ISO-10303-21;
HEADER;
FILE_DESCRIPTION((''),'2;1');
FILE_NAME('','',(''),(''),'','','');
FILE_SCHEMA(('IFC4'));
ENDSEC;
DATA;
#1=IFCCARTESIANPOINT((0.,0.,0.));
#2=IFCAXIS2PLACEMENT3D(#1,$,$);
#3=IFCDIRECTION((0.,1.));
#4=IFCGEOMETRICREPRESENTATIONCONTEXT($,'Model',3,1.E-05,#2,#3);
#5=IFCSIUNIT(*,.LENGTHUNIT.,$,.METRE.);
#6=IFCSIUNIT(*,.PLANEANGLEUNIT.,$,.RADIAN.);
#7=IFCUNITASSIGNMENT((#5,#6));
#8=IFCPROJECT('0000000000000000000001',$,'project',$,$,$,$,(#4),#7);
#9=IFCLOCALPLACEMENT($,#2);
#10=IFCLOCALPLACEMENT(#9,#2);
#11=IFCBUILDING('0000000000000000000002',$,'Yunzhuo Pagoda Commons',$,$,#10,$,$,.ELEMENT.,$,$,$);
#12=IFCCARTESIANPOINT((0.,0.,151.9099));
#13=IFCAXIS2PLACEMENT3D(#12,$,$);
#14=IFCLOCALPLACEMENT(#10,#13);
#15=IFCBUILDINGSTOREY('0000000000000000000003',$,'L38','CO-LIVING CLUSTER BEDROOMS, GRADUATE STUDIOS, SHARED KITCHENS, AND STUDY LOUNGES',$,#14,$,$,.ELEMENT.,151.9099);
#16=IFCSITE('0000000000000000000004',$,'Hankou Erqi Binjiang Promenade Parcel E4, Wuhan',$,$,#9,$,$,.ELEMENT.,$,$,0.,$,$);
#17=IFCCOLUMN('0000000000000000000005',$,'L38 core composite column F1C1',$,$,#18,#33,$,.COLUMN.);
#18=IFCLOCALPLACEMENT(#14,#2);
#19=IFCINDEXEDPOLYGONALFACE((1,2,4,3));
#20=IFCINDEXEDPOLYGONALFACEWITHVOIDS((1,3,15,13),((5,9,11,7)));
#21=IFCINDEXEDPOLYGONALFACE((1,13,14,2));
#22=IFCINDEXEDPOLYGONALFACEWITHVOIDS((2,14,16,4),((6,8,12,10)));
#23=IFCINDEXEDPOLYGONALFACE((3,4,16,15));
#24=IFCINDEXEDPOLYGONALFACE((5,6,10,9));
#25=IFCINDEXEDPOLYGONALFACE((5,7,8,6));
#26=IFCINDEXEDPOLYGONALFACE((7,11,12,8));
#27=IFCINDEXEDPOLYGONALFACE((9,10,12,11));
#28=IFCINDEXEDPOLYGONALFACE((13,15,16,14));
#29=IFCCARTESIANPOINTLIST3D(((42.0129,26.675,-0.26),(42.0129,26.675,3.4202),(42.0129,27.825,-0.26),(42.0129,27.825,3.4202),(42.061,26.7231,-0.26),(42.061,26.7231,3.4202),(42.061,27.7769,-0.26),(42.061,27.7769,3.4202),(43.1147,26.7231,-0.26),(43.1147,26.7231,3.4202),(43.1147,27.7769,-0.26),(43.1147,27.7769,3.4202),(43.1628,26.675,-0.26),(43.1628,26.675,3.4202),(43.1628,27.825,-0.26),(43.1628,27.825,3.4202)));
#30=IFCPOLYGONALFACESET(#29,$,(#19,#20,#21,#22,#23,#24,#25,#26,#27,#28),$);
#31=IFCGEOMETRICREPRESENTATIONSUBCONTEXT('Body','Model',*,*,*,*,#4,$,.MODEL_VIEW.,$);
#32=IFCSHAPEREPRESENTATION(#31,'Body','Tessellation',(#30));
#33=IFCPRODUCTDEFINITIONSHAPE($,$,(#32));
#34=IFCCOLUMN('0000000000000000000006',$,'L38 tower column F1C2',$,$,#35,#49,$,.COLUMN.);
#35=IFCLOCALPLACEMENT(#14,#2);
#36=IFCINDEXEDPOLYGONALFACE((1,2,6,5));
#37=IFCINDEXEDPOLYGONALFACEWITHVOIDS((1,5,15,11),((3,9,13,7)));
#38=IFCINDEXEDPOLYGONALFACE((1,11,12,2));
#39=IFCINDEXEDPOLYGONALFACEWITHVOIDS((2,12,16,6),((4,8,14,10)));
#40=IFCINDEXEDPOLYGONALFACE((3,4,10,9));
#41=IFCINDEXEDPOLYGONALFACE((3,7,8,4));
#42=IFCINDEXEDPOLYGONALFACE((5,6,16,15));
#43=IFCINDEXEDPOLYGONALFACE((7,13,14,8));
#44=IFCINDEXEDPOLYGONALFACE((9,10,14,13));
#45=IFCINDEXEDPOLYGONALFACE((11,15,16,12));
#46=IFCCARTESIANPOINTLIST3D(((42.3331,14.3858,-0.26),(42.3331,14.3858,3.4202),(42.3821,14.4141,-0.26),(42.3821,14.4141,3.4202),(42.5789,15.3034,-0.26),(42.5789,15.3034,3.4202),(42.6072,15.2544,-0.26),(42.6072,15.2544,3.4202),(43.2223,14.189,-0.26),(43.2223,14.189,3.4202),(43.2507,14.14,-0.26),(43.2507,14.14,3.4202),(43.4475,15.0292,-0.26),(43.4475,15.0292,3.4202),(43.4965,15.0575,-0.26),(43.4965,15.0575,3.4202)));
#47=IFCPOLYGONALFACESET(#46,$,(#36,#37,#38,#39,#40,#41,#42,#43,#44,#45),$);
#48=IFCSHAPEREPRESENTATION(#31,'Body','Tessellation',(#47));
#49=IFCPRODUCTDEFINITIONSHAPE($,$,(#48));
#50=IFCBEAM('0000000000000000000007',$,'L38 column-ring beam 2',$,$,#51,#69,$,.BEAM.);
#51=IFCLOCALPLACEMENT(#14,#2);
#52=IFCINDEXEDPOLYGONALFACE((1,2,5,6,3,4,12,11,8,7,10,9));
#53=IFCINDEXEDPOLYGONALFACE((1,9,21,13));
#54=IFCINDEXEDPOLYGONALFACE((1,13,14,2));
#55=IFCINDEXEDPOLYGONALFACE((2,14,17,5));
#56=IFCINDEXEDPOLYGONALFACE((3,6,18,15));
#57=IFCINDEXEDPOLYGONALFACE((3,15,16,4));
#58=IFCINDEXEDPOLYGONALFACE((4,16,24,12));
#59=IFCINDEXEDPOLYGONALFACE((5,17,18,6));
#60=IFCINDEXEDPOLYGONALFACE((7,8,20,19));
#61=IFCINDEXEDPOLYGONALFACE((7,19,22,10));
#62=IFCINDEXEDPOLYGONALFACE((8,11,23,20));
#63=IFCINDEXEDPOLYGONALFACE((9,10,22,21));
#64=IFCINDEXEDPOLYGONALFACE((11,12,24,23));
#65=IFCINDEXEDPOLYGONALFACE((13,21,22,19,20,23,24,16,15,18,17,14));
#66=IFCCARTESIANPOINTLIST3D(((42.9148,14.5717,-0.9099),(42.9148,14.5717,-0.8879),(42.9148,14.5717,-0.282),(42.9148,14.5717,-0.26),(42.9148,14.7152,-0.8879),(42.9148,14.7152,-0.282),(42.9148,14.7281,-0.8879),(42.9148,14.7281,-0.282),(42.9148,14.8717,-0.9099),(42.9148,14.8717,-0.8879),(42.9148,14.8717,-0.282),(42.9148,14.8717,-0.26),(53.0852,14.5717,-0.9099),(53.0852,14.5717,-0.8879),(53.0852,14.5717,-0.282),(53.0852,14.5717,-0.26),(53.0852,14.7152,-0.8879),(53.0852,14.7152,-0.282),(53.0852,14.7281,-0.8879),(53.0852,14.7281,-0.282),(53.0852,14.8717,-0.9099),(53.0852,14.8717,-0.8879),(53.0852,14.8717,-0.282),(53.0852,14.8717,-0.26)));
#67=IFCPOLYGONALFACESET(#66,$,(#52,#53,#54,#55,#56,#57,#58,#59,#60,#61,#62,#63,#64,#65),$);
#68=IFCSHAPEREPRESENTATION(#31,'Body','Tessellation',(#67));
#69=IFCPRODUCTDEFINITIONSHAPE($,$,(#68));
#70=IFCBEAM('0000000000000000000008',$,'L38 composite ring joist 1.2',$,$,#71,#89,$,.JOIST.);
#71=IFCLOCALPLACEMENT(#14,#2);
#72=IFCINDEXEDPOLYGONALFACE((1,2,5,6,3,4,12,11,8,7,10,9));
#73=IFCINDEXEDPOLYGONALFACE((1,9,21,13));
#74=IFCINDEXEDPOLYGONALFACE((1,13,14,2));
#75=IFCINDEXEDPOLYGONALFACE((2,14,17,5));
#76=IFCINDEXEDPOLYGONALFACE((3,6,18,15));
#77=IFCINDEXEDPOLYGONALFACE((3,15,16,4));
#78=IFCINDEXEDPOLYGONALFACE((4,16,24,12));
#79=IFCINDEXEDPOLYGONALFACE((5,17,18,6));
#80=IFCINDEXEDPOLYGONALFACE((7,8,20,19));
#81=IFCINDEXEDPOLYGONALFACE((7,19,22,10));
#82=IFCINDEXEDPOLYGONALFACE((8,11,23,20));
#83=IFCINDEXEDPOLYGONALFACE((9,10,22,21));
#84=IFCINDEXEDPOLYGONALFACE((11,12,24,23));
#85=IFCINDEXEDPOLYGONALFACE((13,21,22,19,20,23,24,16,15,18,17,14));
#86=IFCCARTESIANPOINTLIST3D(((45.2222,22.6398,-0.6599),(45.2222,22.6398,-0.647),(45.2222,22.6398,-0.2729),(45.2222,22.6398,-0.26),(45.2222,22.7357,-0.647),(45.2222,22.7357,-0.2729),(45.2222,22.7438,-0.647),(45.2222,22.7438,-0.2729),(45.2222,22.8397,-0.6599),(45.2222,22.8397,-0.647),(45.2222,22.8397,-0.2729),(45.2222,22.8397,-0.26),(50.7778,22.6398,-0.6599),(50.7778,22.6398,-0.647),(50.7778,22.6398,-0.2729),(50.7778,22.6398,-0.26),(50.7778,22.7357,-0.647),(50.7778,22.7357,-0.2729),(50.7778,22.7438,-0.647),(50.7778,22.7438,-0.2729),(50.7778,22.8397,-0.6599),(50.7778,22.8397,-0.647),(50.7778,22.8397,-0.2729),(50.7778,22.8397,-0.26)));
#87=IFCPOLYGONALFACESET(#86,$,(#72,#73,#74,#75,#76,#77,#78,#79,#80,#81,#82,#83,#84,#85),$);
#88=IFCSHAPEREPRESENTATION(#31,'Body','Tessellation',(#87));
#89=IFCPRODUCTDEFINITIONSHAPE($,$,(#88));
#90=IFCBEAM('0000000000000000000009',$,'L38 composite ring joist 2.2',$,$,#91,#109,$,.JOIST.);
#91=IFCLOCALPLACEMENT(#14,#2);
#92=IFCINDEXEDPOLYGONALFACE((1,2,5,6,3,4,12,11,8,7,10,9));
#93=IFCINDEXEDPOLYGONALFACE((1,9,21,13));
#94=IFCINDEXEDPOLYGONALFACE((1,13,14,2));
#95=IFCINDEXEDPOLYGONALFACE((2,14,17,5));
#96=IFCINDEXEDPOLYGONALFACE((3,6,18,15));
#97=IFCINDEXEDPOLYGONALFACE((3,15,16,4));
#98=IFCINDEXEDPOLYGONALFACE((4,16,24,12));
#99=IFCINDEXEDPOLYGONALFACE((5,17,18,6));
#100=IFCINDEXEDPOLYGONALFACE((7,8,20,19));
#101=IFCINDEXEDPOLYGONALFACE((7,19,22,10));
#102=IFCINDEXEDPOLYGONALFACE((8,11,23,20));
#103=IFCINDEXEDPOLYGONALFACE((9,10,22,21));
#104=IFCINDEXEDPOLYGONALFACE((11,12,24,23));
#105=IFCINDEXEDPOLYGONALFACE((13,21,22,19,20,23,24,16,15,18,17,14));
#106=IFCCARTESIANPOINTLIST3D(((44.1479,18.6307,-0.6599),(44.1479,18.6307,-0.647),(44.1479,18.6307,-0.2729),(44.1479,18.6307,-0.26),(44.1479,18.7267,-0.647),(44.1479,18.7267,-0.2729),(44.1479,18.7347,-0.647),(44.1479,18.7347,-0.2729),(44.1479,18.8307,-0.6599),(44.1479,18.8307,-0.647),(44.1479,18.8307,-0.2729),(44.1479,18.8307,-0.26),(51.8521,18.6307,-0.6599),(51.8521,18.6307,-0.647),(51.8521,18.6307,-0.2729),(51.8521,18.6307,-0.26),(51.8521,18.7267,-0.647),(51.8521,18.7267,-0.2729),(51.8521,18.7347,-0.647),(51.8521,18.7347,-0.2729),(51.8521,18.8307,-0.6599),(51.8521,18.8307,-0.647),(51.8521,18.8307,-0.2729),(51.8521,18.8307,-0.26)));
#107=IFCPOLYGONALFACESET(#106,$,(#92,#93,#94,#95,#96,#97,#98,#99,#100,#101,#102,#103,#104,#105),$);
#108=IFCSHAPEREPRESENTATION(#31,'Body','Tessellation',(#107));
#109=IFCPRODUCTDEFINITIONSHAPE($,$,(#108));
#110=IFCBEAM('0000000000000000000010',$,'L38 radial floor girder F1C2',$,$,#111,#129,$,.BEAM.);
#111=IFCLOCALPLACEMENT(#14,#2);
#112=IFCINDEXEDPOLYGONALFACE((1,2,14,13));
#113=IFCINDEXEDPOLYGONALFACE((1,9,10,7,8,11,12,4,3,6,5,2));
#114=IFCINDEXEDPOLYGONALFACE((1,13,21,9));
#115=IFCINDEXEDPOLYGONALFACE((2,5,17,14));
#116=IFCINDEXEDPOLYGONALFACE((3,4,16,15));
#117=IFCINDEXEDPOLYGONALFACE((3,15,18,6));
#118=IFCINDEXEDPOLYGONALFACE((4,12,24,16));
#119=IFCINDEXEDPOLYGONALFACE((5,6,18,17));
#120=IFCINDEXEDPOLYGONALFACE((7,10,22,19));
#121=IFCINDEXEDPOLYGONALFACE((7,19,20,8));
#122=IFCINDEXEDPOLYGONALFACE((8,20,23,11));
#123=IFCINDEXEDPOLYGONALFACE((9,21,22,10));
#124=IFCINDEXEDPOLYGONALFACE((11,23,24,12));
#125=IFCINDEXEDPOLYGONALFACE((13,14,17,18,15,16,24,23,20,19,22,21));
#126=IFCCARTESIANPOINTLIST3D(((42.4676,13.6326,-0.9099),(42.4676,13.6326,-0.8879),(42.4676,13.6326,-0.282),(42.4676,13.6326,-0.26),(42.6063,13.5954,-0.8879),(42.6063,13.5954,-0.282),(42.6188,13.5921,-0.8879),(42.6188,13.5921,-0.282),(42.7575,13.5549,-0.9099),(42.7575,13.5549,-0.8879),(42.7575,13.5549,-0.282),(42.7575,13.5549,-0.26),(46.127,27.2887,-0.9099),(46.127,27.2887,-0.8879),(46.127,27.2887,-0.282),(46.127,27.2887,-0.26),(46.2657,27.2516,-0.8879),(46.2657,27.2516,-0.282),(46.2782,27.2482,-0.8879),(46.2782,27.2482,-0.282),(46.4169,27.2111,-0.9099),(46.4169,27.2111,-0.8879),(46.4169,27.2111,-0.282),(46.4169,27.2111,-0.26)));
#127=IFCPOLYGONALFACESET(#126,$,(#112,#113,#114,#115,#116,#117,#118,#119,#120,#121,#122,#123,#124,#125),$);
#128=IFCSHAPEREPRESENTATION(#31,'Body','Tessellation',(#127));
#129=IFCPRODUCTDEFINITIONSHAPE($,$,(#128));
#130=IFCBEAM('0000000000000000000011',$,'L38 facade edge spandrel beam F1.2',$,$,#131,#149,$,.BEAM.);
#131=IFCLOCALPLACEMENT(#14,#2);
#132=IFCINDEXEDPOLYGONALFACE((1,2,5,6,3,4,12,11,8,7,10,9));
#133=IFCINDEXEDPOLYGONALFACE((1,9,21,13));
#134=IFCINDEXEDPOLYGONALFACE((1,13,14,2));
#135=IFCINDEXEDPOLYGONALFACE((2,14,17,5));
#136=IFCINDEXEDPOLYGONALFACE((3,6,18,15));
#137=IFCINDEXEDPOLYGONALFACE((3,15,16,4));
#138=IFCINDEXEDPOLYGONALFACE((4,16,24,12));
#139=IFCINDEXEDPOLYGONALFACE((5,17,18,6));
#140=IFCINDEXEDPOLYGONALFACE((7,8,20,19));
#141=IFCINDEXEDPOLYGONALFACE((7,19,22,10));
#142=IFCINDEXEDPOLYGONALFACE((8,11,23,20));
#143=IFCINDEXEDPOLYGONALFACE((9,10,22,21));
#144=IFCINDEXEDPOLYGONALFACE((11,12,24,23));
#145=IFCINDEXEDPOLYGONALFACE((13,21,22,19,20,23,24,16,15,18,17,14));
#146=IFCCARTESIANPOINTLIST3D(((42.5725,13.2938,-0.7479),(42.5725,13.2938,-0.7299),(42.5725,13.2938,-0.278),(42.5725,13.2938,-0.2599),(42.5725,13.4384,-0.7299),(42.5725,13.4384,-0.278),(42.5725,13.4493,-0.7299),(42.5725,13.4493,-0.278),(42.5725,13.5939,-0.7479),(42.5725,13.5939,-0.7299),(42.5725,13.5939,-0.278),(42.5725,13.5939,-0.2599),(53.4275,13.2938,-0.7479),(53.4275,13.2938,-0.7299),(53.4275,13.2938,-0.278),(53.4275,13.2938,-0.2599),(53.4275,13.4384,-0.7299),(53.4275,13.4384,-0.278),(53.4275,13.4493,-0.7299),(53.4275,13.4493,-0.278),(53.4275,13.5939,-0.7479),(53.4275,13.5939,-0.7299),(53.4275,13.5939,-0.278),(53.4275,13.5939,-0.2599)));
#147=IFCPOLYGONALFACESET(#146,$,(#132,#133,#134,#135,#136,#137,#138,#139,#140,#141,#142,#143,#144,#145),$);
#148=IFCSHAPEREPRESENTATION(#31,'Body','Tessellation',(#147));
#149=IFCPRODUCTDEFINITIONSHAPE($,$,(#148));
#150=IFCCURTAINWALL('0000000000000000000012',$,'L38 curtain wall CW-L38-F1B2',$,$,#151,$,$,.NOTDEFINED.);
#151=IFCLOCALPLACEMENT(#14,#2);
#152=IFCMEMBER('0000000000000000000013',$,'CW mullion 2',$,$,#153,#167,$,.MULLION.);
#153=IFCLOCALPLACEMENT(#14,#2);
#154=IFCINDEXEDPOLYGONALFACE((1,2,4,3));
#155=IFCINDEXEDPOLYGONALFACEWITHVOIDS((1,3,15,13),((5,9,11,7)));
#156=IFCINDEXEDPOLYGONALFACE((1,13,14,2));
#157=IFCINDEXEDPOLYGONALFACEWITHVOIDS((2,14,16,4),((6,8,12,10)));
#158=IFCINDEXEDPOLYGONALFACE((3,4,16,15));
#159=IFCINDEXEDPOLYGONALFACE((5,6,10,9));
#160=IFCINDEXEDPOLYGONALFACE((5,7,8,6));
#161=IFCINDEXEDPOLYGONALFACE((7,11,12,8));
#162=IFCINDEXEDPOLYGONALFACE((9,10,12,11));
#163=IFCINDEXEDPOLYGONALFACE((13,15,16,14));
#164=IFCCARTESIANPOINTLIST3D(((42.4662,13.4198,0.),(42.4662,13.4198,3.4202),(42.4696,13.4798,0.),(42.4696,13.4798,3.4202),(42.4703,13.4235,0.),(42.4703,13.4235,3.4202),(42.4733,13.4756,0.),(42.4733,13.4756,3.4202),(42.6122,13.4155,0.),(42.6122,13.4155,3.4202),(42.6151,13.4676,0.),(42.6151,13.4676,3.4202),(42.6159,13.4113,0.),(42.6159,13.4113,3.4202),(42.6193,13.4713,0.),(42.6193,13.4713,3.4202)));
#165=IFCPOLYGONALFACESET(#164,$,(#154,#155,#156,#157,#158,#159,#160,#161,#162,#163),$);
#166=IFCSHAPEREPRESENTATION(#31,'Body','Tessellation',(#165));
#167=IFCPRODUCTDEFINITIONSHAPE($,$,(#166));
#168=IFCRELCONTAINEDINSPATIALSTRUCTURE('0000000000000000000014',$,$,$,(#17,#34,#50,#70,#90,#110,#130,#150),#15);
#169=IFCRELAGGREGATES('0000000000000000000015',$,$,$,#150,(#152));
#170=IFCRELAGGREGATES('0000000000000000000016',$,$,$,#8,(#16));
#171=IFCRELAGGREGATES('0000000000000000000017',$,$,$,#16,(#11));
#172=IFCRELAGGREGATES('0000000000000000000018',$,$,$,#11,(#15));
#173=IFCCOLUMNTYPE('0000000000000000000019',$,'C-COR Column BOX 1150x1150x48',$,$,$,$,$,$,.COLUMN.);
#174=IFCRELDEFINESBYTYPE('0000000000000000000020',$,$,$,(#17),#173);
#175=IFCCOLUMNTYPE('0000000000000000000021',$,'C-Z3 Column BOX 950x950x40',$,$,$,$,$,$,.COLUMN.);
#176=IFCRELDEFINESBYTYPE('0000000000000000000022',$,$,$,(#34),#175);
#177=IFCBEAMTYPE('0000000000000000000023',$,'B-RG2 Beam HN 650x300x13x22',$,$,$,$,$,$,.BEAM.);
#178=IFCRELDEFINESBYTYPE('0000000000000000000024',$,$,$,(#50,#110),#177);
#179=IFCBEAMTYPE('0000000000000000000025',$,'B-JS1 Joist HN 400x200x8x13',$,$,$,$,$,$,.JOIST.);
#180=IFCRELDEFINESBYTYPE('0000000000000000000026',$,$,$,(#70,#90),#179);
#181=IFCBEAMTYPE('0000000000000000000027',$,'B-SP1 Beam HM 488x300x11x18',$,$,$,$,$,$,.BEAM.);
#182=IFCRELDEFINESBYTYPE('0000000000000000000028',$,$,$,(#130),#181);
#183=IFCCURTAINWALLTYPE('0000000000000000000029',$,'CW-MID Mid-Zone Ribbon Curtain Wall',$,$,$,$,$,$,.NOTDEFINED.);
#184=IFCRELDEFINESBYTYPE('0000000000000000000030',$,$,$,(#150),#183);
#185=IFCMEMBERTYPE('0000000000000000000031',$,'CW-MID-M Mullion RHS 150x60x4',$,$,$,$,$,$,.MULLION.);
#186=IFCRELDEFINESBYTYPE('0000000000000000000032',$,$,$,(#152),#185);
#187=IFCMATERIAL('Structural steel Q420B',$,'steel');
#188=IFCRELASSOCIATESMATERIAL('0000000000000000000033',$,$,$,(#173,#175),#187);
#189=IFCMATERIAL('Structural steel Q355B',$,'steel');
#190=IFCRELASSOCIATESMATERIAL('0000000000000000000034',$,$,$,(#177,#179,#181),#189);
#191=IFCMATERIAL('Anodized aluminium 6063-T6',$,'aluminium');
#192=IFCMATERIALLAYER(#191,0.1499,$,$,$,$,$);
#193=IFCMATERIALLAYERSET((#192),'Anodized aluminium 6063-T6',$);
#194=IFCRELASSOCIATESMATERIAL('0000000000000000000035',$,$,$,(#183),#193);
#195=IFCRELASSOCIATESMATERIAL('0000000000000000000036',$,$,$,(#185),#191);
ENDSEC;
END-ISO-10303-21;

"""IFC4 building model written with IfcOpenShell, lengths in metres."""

from ifc_helpers import new_model, si_unit, direction, frame, origin, origin_2d, place, context, subcontext, project, spatial, hollow_rectangle, i_section, extrude, source, transform, mapped, material, layer, layer_set, material_profile, profile_set, type_object, element, aggregate, save


model = new_model("IFC4")

# Units and contexts
model_context = context("Model", 3, precision=1e-05, world=origin(), true_north=direction((0.0, 1.0)))
body_context = subcontext(model_context, "Body", "Model", "MODEL_VIEW")
ifc_project = project(units=[si_unit("LENGTHUNIT", "METRE"), si_unit("PLANEANGLEUNIT", "RADIAN")], contexts=[model_context])

# Site, building, storey
site_placement = place(None, origin())
site = spatial("IfcSite", under=ifc_project, at=site_placement, Name="Hankou Erqi Binjiang Promenade Parcel E4, Wuhan", CompositionType="ELEMENT", RefElevation=0.0)
building_placement = place(site_placement, origin())
building = spatial("IfcBuilding", under=site, at=building_placement, Name="Yunzhuo Pagoda Commons", CompositionType="ELEMENT")
storey_placement = place(building_placement, frame((0.0, 0.0, 151.9099)))
storey = spatial("IfcBuildingStorey", under=building, at=storey_placement, Name="L38", Description="CO-LIVING CLUSTER BEDROOMS, GRADUATE STUDIOS, SHARED KITCHENS, AND STUDY LOUNGES", CompositionType="ELEMENT", Elevation=151.9099)

# Columns
ifc_material_1 = material(Name="Structural steel Q420B", Category="steel")
ifc_material_profile_1 = material_profile(ifc_material_1, hollow_rectangle(XDim=1.1499, YDim=1.1499, WallThickness=0.0481, at=origin_2d()), Name="Structural steel Q420B")
ifc_profile_set_1 = profile_set([ifc_material_profile_1], Name="Structural steel Q420B")
column_type_1 = type_object("IfcColumnType", Name="C-COR Column BOX 1150x1150x48", PredefinedType="COLUMN", material=ifc_profile_set_1)
shared_shape_1 = source(origin(), body_context, "Body", "SweptSolid", [
    extrude(hollow_rectangle(XDim=1.1499, YDim=1.1499, WallThickness=0.0481, at=origin_2d()), origin(), (0.0, 0.0, 1.0), 3.6802),
])
column_1_placement = place(storey_placement, frame((42.5879, 27.25, -0.26), z_axis=(0.0, 0.0, 1.0), x_axis=(1.0, 0.0, 0.0)))
element("IfcColumn", 1, at=column_1_placement, inside=storey, type_object=column_type_1, Name="L38 core composite column F1C1", PredefinedType="COLUMN", context=body_context, shape_type="MappedRepresentation", body=[
    mapped(shared_shape_1, transform((0.0, 0.0, 0.0), scale=1.0)),
])
ifc_material_profile_2 = material_profile(ifc_material_1, hollow_rectangle(XDim=0.95, YDim=0.95, WallThickness=0.04, at=origin_2d()), Name="Structural steel Q420B")
ifc_profile_set_2 = profile_set([ifc_material_profile_2], Name="Structural steel Q420B")
column_type_2 = type_object("IfcColumnType", Name="C-Z3 Column BOX 950x950x40", PredefinedType="COLUMN", material=ifc_profile_set_2)
shared_shape_2 = source(origin(), body_context, "Body", "SweptSolid", [
    extrude(hollow_rectangle(XDim=0.95, YDim=0.95, WallThickness=0.04, at=origin_2d()), origin(), (0.0, 0.0, 1.0), 3.6802),
])
column_2_placement = place(storey_placement, frame((42.9148, 14.7217, -0.26), z_axis=(0.0, 0.0, 1.0), x_axis=(0.965926, -0.258819, 0.0)))
element("IfcColumn", 2, at=column_2_placement, inside=storey, type_object=column_type_2, Name="L38 tower column F1C2", PredefinedType="COLUMN", context=body_context, shape_type="MappedRepresentation", body=[
    mapped(shared_shape_2, transform((0.0, 0.0, 0.0), scale=1.0)),
])

# Beams
ifc_material_2 = material(Name="Structural steel Q355B", Category="steel")
ifc_material_profile_3 = material_profile(ifc_material_2, i_section(OverallWidth=0.3, OverallDepth=0.6499, WebThickness=0.0129, FlangeThickness=0.022, at=origin_2d()), Name="Structural steel Q355B")
ifc_profile_set_3 = profile_set([ifc_material_profile_3], Name="Structural steel Q355B")
beam_type_1 = type_object("IfcBeamType", Name="B-RG2 Beam HN 650x300x13x22", PredefinedType="BEAM", material=ifc_profile_set_3)
shared_shape_3 = source(origin(), body_context, "Body", "SweptSolid", [
    extrude(i_section(OverallWidth=0.3, OverallDepth=0.6499, WebThickness=0.0129, FlangeThickness=0.022, at=origin_2d()), origin(), (0.0, 0.0, 1.0), 10.1704),
])
beam_1_placement = place(storey_placement, frame((42.9148, 14.7217, -0.585), z_axis=(1.0, 0.0, 0.0), x_axis=(0.0, 1.0, 0.0)))
element("IfcBeam", 3, at=beam_1_placement, inside=storey, type_object=beam_type_1, Name="L38 column-ring beam 2", PredefinedType="BEAM", context=body_context, shape_type="MappedRepresentation", body=[
    mapped(shared_shape_3, transform((0.0, 0.0, 0.0), scale=1.0)),
])
ifc_material_profile_4 = material_profile(ifc_material_2, i_section(OverallWidth=0.2, OverallDepth=0.3999, WebThickness=0.0081, FlangeThickness=0.0129, at=origin_2d()), Name="Structural steel Q355B")
ifc_profile_set_4 = profile_set([ifc_material_profile_4], Name="Structural steel Q355B")
beam_type_2 = type_object("IfcBeamType", Name="B-JS1 Joist HN 400x200x8x13", PredefinedType="JOIST", material=ifc_profile_set_4)
shared_shape_4 = source(origin(), body_context, "Body", "SweptSolid", [
    extrude(i_section(OverallWidth=0.2, OverallDepth=0.3999, WebThickness=0.0081, FlangeThickness=0.0129, at=origin_2d()), origin(), (0.0, 0.0, 1.0), 5.5557),
])
beam_2_placement = place(storey_placement, frame((45.2222, 22.7397, -0.46), z_axis=(1.0, 0.0, 0.0), x_axis=(0.0, 1.0, 0.0)))
element("IfcBeam", 4, at=beam_2_placement, inside=storey, type_object=beam_type_2, Name="L38 composite ring joist 1.2", PredefinedType="JOIST", context=body_context, shape_type="MappedRepresentation", body=[
    mapped(shared_shape_4, transform((0.0, 0.0, 0.0), scale=1.0)),
])
shared_shape_5 = source(origin(), body_context, "Body", "SweptSolid", [
    extrude(i_section(OverallWidth=0.2, OverallDepth=0.3999, WebThickness=0.0081, FlangeThickness=0.0129, at=origin_2d()), origin(), (0.0, 0.0, 1.0), 7.7041),
])
beam_3_placement = place(storey_placement, frame((44.1479, 18.7307, -0.46), z_axis=(1.0, 0.0, 0.0), x_axis=(0.0, 1.0, 0.0)))
element("IfcBeam", 5, at=beam_3_placement, inside=storey, type_object=beam_type_2, Name="L38 composite ring joist 2.2", PredefinedType="JOIST", context=body_context, shape_type="MappedRepresentation", body=[
    mapped(shared_shape_5, transform((0.0, 0.0, 0.0), scale=1.0)),
])
shared_shape_6 = source(origin(), body_context, "Body", "SweptSolid", [
    extrude(i_section(OverallWidth=0.3, OverallDepth=0.6499, WebThickness=0.0129, FlangeThickness=0.022, at=origin_2d()), origin(), (0.0, 0.0, 1.0), 14.1379),
])
beam_4_placement = place(storey_placement, frame((42.6125, 13.5938, -0.585), z_axis=(0.258835, 0.965922, 0.0), x_axis=(-0.965922, 0.258835, 0.0)))
element("IfcBeam", 6, at=beam_4_placement, inside=storey, type_object=beam_type_1, Name="L38 radial floor girder F1C2", PredefinedType="BEAM", context=body_context, shape_type="MappedRepresentation", body=[
    mapped(shared_shape_6, transform((0.0, 0.0, 0.0), scale=1.0)),
])
ifc_material_profile_5 = material_profile(ifc_material_2, i_section(OverallWidth=0.3, OverallDepth=0.488, WebThickness=0.011, FlangeThickness=0.0181, at=origin_2d()), Name="Structural steel Q355B")
ifc_profile_set_5 = profile_set([ifc_material_profile_5], Name="Structural steel Q355B")
beam_type_3 = type_object("IfcBeamType", Name="B-SP1 Beam HM 488x300x11x18", PredefinedType="BEAM", material=ifc_profile_set_5)
shared_shape_7 = source(origin(), body_context, "Body", "SweptSolid", [
    extrude(i_section(OverallWidth=0.3, OverallDepth=0.488, WebThickness=0.011, FlangeThickness=0.0181, at=origin_2d()), origin(), (0.0, 0.0, 1.0), 10.855),
])
beam_5_placement = place(storey_placement, frame((42.5725, 13.4438, -0.5039), z_axis=(1.0, 0.0, 0.0), x_axis=(0.0, 1.0, 0.0)))
element("IfcBeam", 7, at=beam_5_placement, inside=storey, type_object=beam_type_3, Name="L38 facade edge spandrel beam F1.2", PredefinedType="BEAM", context=body_context, shape_type="MappedRepresentation", body=[
    mapped(shared_shape_7, transform((0.0, 0.0, 0.0), scale=1.0)),
])

# Curtain wall, member
ifc_material_3 = material(Name="Anodized aluminium 6063-T6", Category="aluminium")
ifc_layer_1 = layer(ifc_material_3, 0.1499)
ifc_layer_set_1 = layer_set([ifc_layer_1], Name="Anodized aluminium 6063-T6")
curtain_wall_type = type_object("IfcCurtainWallType", Name="CW-MID Mid-Zone Ribbon Curtain Wall", PredefinedType="NOTDEFINED", material=ifc_layer_set_1)
curtain_wall_1_placement = place(storey_placement, origin())
curtain_wall_1 = element("IfcCurtainWall", 8, at=curtain_wall_1_placement, inside=storey, type_object=curtain_wall_type, Name="L38 curtain wall CW-L38-F1B2", PredefinedType="NOTDEFINED")
ifc_material_profile_6 = material_profile(ifc_material_3, hollow_rectangle(XDim=0.0601, YDim=0.1499, WallThickness=0.0039, at=origin_2d()), Name="Anodized aluminium 6063-T6")
ifc_profile_set_6 = profile_set([ifc_material_profile_6], Name="Anodized aluminium 6063-T6")
member_type_1 = type_object("IfcMemberType", Name="CW-MID-M Mullion RHS 150x60x4", PredefinedType="MULLION", material=ifc_profile_set_6)
shared_shape_8 = source(origin(), body_context, "Body", "SweptSolid", [
    extrude(hollow_rectangle(XDim=0.0601, YDim=0.1499, WallThickness=0.0039, at=origin_2d()), origin(), (0.0, 0.0, 1.0), 3.4202),
])
member_1_placement = place(storey_placement, frame((42.5427, 13.4456, 0.0), z_axis=(0.0, 0.0, 1.0), x_axis=(0.056459, 0.998405, 0.0)))
member_1 = element("IfcMember", 9, at=member_1_placement, type_object=member_type_1, Name="CW mullion 2", PredefinedType="MULLION", context=body_context, shape_type="MappedRepresentation", body=[
    mapped(shared_shape_8, transform((0.0, 0.0, 0.0), scale=1.0)),
])

aggregate(curtain_wall_1, [member_1])

save(model, "model.ifc")
